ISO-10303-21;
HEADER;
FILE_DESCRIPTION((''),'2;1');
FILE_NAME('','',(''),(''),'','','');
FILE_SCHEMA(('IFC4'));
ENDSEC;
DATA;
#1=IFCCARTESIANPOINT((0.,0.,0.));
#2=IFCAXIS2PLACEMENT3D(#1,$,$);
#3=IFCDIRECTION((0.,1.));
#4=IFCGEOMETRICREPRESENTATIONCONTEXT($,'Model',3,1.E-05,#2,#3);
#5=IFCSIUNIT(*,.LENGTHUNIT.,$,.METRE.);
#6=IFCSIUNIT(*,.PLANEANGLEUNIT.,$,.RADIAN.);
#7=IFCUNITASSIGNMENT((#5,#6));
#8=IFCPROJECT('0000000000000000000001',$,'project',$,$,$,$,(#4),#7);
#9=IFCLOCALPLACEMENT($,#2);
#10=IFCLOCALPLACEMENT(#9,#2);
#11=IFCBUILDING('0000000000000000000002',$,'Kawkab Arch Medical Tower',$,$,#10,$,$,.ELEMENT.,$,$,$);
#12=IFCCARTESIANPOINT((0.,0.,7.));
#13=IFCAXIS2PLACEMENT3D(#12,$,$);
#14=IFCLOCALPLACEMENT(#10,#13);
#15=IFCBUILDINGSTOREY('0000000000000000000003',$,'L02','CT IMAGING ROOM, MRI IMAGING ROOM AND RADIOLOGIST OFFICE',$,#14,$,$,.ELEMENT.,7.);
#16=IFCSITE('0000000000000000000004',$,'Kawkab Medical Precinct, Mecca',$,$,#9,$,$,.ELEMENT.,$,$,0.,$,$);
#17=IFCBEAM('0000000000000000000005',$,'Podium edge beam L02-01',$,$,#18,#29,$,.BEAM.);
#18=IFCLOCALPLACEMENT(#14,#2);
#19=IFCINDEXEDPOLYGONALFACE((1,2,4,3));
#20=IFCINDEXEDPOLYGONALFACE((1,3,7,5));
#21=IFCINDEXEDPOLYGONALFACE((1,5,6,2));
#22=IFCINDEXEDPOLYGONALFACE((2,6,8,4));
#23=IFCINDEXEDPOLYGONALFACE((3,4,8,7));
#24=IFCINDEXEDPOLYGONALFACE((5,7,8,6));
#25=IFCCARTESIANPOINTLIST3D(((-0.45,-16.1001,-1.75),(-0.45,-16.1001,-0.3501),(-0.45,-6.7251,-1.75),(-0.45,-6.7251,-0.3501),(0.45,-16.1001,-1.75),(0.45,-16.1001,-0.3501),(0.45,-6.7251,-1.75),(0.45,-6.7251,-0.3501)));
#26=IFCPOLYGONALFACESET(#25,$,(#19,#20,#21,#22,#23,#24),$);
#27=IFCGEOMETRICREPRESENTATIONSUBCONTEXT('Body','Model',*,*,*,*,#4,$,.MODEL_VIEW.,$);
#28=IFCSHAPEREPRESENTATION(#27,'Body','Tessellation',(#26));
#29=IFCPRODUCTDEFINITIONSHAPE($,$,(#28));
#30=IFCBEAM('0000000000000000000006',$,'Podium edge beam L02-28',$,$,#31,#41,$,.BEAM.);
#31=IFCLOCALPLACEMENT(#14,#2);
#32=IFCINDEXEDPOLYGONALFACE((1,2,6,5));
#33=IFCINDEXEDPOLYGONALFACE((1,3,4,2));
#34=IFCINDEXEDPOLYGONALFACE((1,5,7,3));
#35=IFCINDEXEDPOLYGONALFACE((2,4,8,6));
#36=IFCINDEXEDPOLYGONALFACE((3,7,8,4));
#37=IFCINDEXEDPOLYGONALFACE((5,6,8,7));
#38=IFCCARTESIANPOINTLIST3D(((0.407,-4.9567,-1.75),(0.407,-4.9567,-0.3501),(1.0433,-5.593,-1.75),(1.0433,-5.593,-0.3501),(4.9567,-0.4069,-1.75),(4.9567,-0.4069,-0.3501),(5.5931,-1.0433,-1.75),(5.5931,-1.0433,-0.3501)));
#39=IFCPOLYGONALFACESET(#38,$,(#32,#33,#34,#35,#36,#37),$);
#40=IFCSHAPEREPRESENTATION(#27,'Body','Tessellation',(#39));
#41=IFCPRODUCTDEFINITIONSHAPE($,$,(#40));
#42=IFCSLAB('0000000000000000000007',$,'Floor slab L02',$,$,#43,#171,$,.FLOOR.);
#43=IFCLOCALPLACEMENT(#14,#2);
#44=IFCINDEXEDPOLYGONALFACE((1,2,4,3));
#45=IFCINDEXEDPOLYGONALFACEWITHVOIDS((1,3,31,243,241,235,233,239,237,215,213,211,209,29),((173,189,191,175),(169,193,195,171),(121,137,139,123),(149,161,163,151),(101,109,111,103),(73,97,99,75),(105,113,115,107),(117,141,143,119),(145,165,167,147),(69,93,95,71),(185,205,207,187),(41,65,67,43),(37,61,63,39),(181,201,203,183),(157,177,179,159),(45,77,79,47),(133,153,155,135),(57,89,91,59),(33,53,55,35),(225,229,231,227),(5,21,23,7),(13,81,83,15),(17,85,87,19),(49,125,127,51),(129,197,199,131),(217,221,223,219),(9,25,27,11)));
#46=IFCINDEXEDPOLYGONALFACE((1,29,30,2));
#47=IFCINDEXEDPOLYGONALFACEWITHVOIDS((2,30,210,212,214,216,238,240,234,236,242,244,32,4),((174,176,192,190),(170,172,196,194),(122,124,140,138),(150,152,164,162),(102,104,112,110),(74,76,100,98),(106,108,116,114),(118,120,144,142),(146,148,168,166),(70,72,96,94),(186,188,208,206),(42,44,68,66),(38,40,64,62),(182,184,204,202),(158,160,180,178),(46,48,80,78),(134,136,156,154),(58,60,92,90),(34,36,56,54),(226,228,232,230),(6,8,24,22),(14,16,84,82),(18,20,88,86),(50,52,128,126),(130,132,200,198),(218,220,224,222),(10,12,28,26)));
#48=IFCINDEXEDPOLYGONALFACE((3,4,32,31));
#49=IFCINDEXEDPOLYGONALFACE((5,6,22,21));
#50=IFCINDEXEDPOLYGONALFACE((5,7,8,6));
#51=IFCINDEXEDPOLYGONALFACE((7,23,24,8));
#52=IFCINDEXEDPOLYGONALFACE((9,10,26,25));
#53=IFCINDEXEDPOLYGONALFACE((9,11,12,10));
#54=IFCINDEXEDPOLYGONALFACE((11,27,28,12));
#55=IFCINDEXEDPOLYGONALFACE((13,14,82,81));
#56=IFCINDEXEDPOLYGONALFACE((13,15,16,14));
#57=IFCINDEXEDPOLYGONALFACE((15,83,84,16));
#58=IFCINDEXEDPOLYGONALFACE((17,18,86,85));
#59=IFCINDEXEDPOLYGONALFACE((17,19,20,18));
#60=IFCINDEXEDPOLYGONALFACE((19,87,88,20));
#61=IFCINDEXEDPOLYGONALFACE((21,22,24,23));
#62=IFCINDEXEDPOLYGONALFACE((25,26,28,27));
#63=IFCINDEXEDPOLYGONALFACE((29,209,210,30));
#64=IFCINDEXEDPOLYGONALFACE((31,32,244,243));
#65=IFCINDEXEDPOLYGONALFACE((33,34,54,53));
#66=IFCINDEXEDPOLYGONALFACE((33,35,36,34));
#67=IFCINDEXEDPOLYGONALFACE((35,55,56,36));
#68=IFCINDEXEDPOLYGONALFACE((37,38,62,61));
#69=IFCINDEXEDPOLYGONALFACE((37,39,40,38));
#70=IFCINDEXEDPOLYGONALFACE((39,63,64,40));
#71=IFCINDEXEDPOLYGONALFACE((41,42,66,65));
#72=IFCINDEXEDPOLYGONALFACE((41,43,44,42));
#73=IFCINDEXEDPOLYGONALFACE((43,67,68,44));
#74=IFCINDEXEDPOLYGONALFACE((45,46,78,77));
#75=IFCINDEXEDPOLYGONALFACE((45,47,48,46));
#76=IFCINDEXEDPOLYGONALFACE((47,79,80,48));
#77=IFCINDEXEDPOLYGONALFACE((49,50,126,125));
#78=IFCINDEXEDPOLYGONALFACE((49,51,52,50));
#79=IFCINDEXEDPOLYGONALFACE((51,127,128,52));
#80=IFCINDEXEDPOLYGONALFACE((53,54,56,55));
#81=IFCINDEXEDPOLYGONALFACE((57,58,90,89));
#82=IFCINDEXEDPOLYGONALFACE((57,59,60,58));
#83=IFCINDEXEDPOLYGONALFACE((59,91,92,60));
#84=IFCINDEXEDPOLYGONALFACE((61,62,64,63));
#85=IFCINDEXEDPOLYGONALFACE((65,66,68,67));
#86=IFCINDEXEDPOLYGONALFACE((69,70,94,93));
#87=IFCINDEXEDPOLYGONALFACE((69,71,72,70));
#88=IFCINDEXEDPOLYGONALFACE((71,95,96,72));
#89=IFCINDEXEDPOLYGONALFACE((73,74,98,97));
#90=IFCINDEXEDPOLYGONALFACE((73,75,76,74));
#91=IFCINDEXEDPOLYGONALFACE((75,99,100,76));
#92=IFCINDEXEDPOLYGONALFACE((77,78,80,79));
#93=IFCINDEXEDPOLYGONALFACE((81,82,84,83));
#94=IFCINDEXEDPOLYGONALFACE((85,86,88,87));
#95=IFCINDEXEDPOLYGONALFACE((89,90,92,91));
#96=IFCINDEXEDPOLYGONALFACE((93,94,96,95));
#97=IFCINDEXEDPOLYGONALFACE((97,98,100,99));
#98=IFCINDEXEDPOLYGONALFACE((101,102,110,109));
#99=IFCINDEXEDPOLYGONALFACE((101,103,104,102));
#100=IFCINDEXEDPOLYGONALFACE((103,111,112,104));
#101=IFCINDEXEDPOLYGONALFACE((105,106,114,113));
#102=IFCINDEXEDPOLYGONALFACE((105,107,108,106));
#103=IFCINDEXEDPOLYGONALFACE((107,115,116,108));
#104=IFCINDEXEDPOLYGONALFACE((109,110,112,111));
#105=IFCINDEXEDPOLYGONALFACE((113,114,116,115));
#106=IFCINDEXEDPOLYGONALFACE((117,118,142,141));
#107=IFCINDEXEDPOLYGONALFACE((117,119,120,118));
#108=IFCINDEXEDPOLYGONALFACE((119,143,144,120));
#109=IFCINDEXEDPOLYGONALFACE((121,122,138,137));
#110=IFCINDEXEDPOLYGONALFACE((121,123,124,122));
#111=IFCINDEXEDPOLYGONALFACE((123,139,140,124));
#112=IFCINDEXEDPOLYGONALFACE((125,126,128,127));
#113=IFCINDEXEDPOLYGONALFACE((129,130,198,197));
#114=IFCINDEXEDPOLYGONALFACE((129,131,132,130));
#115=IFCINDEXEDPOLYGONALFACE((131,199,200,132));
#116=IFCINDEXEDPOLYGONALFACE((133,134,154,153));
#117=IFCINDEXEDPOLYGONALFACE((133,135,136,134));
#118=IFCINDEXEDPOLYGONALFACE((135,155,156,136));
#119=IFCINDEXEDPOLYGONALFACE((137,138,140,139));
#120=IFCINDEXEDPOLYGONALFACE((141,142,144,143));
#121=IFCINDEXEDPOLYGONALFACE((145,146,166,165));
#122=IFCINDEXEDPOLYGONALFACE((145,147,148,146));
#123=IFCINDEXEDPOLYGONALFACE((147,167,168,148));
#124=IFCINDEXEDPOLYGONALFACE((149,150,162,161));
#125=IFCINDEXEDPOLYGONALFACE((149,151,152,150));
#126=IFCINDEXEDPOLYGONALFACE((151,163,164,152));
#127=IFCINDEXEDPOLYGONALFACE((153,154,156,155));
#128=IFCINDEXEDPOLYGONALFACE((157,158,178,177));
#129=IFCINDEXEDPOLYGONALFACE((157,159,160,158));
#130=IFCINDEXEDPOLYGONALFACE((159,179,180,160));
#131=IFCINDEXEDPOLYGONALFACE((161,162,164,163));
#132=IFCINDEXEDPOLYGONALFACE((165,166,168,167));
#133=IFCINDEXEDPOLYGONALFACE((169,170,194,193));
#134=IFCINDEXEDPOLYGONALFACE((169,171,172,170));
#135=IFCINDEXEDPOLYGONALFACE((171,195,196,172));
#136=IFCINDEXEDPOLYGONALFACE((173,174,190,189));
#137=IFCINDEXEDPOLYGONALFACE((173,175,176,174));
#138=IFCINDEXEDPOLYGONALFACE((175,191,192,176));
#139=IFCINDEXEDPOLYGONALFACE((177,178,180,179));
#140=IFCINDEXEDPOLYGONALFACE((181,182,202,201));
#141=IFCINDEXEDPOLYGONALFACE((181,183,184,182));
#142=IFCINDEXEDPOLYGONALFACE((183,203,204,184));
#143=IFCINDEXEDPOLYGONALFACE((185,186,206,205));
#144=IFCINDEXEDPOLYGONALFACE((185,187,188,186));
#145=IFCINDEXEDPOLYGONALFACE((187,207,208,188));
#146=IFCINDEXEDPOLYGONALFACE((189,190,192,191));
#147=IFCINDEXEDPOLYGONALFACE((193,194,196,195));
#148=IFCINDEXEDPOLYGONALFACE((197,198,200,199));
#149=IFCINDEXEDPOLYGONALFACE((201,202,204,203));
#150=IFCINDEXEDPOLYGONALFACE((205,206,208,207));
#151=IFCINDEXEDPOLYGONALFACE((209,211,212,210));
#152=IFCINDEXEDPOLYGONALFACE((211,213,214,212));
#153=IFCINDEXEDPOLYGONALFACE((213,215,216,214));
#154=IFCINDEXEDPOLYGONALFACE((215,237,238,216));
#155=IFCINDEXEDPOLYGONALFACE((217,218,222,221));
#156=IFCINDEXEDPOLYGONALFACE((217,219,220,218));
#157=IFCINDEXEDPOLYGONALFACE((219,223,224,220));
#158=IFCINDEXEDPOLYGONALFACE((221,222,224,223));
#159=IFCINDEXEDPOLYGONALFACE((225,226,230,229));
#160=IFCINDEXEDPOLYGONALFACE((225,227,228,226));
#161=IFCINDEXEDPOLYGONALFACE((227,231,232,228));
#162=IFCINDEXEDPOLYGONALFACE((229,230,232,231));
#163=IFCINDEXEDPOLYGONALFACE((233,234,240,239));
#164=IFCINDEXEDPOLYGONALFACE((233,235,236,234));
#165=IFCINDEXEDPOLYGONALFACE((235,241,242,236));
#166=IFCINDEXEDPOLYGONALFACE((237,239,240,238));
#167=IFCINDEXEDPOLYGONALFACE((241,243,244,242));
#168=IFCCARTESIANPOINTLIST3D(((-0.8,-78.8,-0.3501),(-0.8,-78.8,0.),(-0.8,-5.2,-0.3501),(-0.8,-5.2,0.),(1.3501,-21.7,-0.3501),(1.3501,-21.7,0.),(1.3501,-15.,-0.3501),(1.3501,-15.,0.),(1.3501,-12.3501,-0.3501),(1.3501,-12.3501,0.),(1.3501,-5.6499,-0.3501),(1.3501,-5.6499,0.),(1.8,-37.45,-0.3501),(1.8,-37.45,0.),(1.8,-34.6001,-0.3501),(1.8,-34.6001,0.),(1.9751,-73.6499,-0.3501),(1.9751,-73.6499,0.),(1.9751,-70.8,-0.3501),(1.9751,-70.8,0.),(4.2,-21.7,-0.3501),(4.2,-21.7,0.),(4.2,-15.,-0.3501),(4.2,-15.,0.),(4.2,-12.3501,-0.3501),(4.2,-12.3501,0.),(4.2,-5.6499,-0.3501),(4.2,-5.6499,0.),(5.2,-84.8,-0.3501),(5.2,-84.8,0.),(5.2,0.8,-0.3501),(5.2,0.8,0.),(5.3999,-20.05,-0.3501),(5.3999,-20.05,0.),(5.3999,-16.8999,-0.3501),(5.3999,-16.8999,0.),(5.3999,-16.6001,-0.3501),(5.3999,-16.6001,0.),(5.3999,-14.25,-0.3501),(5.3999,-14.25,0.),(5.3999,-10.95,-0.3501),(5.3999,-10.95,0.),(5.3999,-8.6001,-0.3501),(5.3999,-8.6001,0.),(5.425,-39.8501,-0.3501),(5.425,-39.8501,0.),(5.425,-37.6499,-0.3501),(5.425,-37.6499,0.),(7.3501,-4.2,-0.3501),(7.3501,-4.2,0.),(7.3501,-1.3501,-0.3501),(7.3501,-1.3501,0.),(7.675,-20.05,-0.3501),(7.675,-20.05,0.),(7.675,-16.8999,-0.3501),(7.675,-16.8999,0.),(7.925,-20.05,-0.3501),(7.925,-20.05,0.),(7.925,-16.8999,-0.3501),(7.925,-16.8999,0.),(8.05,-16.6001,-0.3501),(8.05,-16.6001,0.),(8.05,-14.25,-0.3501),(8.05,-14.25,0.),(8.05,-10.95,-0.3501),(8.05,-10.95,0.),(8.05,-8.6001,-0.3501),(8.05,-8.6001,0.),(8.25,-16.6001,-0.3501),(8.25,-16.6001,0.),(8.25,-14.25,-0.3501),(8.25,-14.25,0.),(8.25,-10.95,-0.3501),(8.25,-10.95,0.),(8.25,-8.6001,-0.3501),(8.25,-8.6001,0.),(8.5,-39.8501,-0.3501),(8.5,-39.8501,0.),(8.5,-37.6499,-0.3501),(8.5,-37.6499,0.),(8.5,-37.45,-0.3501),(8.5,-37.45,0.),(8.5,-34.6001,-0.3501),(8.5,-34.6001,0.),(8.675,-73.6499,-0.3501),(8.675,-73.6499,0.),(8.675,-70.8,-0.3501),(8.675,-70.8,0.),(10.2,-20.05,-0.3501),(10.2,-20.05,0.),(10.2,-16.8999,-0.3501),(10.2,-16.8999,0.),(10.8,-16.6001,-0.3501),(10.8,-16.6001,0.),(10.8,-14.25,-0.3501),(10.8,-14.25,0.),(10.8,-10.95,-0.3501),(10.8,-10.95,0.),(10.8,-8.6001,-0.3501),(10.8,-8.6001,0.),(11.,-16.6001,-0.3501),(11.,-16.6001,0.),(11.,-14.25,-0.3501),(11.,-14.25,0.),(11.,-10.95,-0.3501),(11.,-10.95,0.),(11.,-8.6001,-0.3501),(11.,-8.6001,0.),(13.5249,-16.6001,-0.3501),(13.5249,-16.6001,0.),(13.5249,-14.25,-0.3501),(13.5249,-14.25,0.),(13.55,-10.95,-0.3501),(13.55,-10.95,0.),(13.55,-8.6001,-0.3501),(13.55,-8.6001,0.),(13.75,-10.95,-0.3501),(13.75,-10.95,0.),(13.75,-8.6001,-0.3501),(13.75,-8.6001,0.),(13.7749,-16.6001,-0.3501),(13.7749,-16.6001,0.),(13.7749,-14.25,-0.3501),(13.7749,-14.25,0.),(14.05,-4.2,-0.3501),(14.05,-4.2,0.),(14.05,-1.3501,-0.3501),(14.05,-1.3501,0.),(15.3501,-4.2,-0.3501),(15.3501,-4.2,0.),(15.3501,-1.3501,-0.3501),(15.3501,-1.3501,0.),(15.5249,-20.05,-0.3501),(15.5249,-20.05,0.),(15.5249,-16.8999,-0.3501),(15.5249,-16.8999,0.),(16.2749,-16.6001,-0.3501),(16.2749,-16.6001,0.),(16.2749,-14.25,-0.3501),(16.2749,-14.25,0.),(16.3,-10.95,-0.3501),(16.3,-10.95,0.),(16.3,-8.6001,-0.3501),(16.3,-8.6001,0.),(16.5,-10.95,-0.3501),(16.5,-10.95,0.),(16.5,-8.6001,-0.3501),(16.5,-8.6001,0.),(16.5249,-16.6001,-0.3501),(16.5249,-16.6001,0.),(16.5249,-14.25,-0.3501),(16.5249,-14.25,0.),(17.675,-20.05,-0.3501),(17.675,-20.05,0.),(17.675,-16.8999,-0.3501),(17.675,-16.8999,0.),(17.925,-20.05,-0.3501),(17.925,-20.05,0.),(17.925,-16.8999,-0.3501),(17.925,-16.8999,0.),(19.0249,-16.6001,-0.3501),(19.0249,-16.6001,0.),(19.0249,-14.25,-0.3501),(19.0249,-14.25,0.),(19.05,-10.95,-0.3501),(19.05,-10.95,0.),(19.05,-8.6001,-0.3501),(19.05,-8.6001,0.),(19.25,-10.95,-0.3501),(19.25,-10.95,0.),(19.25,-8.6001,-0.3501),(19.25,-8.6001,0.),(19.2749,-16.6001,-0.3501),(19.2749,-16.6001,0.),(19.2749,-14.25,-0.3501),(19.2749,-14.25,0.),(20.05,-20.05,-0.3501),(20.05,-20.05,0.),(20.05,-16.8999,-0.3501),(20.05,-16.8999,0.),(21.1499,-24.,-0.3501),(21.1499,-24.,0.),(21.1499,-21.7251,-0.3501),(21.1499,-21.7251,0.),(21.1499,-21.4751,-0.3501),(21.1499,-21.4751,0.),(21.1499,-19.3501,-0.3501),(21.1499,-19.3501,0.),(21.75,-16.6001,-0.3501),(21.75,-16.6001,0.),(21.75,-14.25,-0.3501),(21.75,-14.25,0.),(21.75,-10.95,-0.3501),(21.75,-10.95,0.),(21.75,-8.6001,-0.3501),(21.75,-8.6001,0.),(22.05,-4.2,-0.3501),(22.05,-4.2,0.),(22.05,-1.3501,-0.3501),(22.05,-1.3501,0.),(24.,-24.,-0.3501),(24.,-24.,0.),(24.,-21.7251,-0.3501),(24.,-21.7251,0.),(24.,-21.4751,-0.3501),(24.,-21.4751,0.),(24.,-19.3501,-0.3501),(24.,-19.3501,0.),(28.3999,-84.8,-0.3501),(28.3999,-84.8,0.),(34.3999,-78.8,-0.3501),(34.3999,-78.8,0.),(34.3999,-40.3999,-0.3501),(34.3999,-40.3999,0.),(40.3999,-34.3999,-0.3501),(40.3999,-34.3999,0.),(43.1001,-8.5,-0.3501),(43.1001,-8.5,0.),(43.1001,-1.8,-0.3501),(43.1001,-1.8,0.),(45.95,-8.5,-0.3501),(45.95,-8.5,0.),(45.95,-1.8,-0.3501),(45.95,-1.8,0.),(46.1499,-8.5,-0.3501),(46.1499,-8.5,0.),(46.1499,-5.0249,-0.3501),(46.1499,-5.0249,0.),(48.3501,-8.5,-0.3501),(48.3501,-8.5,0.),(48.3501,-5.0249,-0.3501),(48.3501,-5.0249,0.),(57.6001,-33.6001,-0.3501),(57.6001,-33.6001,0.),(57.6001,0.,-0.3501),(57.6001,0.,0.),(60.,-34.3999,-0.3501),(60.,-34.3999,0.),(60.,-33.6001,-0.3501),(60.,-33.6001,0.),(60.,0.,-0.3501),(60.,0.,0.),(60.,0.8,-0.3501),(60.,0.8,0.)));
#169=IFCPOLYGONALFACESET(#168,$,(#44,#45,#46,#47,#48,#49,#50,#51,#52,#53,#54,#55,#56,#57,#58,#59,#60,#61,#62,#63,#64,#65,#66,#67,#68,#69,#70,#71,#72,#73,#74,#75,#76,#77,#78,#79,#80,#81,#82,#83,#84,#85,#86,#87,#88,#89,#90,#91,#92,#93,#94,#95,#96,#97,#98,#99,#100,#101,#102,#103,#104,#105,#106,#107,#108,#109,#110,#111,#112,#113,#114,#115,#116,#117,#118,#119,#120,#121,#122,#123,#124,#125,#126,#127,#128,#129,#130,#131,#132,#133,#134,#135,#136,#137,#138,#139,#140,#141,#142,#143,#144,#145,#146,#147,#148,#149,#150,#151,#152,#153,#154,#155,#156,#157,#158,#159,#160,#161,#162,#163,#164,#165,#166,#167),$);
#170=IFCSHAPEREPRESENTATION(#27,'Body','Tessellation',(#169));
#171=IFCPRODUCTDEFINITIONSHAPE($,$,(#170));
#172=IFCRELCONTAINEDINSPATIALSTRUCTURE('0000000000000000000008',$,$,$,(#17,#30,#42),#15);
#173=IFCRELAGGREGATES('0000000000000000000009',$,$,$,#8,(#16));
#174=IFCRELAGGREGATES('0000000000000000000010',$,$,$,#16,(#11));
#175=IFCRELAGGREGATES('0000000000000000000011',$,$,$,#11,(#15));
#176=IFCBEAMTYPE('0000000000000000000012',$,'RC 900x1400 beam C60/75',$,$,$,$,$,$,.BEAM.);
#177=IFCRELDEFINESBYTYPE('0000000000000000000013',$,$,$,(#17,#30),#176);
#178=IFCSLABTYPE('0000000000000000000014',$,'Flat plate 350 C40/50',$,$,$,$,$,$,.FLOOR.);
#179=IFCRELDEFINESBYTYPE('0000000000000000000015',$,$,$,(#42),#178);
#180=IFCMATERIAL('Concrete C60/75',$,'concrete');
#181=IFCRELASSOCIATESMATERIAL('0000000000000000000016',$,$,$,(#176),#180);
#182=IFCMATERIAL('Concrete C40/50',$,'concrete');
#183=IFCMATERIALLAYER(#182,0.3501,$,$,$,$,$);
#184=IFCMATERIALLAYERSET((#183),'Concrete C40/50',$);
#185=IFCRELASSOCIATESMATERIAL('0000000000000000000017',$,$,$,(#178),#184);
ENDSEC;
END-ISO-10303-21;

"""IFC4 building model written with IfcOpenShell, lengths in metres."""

from ifc_helpers import new_model, si_unit, direction, frame, origin, origin_2d, place, context, subcontext, project, spatial, polyline, rectangle, outline, extrude, material, layer, layer_set, material_profile, profile_set, type_object, element, save


model = new_model("IFC4")

# Units and contexts
model_context = context("Model", 3, precision=1e-05, world=origin(), true_north=direction((0.0, 1.0)))
body_context = subcontext(model_context, "Body", "Model", "MODEL_VIEW")
ifc_project = project(units=[si_unit("LENGTHUNIT", "METRE"), si_unit("PLANEANGLEUNIT", "RADIAN")], contexts=[model_context])

# Site, building, storey
site_placement = place(None, origin())
site = spatial("IfcSite", under=ifc_project, at=site_placement, Name="Kawkab Medical Precinct, Mecca", CompositionType="ELEMENT", RefElevation=0.0)
building_placement = place(site_placement, origin())
building = spatial("IfcBuilding", under=site, at=building_placement, Name="Kawkab Arch Medical Tower", CompositionType="ELEMENT")
storey_placement = place(building_placement, frame((0.0, 0.0, 7.0)))
storey = spatial("IfcBuildingStorey", under=building, at=storey_placement, Name="L02", Description="CT IMAGING ROOM, MRI IMAGING ROOM AND RADIOLOGIST OFFICE", CompositionType="ELEMENT", Elevation=7.0)

# Beams
ifc_material_1 = material(Name="Concrete C60/75", Category="concrete")
ifc_material_profile = material_profile(ifc_material_1, rectangle(XDim=0.8999, YDim=1.3999, at=origin_2d()), Name="RC 900x1400")
ifc_profile_set = profile_set([ifc_material_profile], Name="Concrete C60/75")
beam_type = type_object("IfcBeamType", Name="RC 900x1400 beam C60/75", PredefinedType="BEAM", material=ifc_profile_set)
beam_1_placement = place(storey_placement, frame((0.0, -6.7251, -1.05), z_axis=(0.0, -1.0, 0.0), x_axis=(1.0, 0.0, 0.0)))
element("IfcBeam", 1, at=beam_1_placement, inside=storey, type_object=beam_type, Name="Podium edge beam L02-01", PredefinedType="BEAM", context=body_context, shape_type="SweptSolid", body=[
    extrude(rectangle(XDim=0.8999, YDim=1.3999, at=origin_2d()), origin(), (0.0, 0.0, 1.0), 9.375),
])
beam_2_placement = place(storey_placement, frame((5.2749, -0.7251, -1.05), z_axis=(-0.707107, -0.707107, 0.0), x_axis=(0.707107, -0.707107, 0.0)))
element("IfcBeam", 2, at=beam_2_placement, inside=storey, type_object=beam_type, Name="Podium edge beam L02-28", PredefinedType="BEAM", context=body_context, shape_type="SweptSolid", body=[
    extrude(rectangle(XDim=0.8999, YDim=1.3999, at=origin_2d()), origin(), (0.0, 0.0, 1.0), 6.4343),
])

# Slab
ifc_material_2 = material(Name="Concrete C40/50", Category="concrete")
ifc_layer = layer(ifc_material_2, 0.3501)
ifc_layer_set = layer_set([ifc_layer], Name="Concrete C40/50")
slab_type = type_object("IfcSlabType", Name="Flat plate 350 C40/50", PredefinedType="FLOOR", material=ifc_layer_set)
slab_placement = place(storey_placement, frame((0.0, 0.0, -0.3501)))
element("IfcSlab", 3, at=slab_placement, inside=storey, type_object=slab_type, Name="Floor slab L02", PredefinedType="FLOOR", context=body_context, shape_type="SweptSolid", body=[
    extrude(outline(polyline([(28.3999, -84.8), (5.2, -84.8), (-0.8, -78.8), (-0.8, -5.2), (5.2, 0.8), (60.0, 0.8), (60.0, 0.0), (57.6001, 0.0), (57.6001, -33.6001), (60.0, -33.6001), (60.0, -34.3999), (40.3999, -34.3999), (34.3999, -40.3999), (34.3999, -78.8), (28.3999, -84.8)]), holes=[polyline([(8.675, -70.8), (1.9751, -70.8), (1.9751, -73.6499), (8.675, -73.6499), (8.675, -70.8)]), polyline([(5.425, -37.6499), (5.425, -39.8501), (8.5, -39.8501), (8.5, -37.6499), (5.425, -37.6499)]), polyline([(8.5, -37.45), (8.5, -34.6001), (1.8, -34.6001), (1.8, -37.45), (8.5, -37.45)]), polyline([(5.3999, -20.05), (7.675, -20.05), (7.675, -16.8999), (5.3999, -16.8999), (5.3999, -20.05)]), polyline([(10.2, -16.8999), (7.925, -16.8999), (7.925, -20.05), (10.2, -20.05), (10.2, -16.8999)]), polyline([(4.2, -15.0), (1.3501, -15.0), (1.3501, -21.7), (4.2, -21.7), (4.2, -15.0)]), polyline([(5.3999, -16.6001), (8.05, -16.6001), (8.05, -14.25), (5.3999, -14.25), (5.3999, -16.6001)]), polyline([(8.25, -14.25), (8.25, -16.6001), (10.8, -16.6001), (10.8, -14.25), (8.25, -14.25)]), polyline([(11.0, -16.6001), (13.5249, -16.6001), (13.5249, -14.25), (11.0, -14.25), (11.0, -16.6001)]), polyline([(5.3999, -10.95), (8.05, -10.95), (8.05, -8.6001), (5.3999, -8.6001), (5.3999, -10.95)]), polyline([(8.25, -8.6001), (8.25, -10.95), (10.8, -10.95), (10.8, -8.6001), (8.25, -8.6001)]), polyline([(13.55, -10.95), (13.55, -8.6001), (11.0, -8.6001), (11.0, -10.95), (13.55, -10.95)]), polyline([(4.2, -5.6499), (1.3501, -5.6499), (1.3501, -12.3501), (4.2, -12.3501), (4.2, -5.6499)]), polyline([(14.05, -4.2), (14.05, -1.3501), (7.3501, -1.3501), (7.3501, -4.2), (14.05, -4.2)]), polyline([(21.1499, -21.7251), (21.1499, -24.0), (24.0, -24.0), (24.0, -21.7251), (21.1499, -21.7251)]), polyline([(24.0, -19.3501), (21.1499, -19.3501), (21.1499, -21.4751), (24.0, -21.4751), (24.0, -19.3501)]), polyline([(15.5249, -20.05), (17.675, -20.05), (17.675, -16.8999), (15.5249, -16.8999), (15.5249, -20.05)]), polyline([(17.925, -20.05), (20.05, -20.05), (20.05, -16.8999), (17.925, -16.8999), (17.925, -20.05)]), polyline([(13.7749, -14.25), (13.7749, -16.6001), (16.2749, -16.6001), (16.2749, -14.25), (13.7749, -14.25)]), polyline([(16.5249, -14.25), (16.5249, -16.6001), (19.0249, -16.6001), (19.0249, -14.25), (16.5249, -14.25)]), polyline([(19.2749, -16.6001), (21.75, -16.6001), (21.75, -14.25), (19.2749, -14.25), (19.2749, -16.6001)]), polyline([(16.3, -10.95), (16.3, -8.6001), (13.75, -8.6001), (13.75, -10.95), (16.3, -10.95)]), polyline([(16.5, -10.95), (19.05, -10.95), (19.05, -8.6001), (16.5, -8.6001), (16.5, -10.95)]), polyline([(21.75, -10.95), (21.75, -8.6001), (19.25, -8.6001), (19.25, -10.95), (21.75, -10.95)]), polyline([(46.1499, -8.5), (48.3501, -8.5), (48.3501, -5.0249), (46.1499, -5.0249), (46.1499, -8.5)]), polyline([(43.1001, -8.5), (45.95, -8.5), (45.95, -1.8), (43.1001, -1.8), (43.1001, -8.5)]), polyline([(15.3501, -1.3501), (15.3501, -4.2), (22.05, -4.2), (22.05, -1.3501), (15.3501, -1.3501)])]), origin(), (0.0, 0.0, 1.0), 0.3501),
])

save(model, "model.ifc")
